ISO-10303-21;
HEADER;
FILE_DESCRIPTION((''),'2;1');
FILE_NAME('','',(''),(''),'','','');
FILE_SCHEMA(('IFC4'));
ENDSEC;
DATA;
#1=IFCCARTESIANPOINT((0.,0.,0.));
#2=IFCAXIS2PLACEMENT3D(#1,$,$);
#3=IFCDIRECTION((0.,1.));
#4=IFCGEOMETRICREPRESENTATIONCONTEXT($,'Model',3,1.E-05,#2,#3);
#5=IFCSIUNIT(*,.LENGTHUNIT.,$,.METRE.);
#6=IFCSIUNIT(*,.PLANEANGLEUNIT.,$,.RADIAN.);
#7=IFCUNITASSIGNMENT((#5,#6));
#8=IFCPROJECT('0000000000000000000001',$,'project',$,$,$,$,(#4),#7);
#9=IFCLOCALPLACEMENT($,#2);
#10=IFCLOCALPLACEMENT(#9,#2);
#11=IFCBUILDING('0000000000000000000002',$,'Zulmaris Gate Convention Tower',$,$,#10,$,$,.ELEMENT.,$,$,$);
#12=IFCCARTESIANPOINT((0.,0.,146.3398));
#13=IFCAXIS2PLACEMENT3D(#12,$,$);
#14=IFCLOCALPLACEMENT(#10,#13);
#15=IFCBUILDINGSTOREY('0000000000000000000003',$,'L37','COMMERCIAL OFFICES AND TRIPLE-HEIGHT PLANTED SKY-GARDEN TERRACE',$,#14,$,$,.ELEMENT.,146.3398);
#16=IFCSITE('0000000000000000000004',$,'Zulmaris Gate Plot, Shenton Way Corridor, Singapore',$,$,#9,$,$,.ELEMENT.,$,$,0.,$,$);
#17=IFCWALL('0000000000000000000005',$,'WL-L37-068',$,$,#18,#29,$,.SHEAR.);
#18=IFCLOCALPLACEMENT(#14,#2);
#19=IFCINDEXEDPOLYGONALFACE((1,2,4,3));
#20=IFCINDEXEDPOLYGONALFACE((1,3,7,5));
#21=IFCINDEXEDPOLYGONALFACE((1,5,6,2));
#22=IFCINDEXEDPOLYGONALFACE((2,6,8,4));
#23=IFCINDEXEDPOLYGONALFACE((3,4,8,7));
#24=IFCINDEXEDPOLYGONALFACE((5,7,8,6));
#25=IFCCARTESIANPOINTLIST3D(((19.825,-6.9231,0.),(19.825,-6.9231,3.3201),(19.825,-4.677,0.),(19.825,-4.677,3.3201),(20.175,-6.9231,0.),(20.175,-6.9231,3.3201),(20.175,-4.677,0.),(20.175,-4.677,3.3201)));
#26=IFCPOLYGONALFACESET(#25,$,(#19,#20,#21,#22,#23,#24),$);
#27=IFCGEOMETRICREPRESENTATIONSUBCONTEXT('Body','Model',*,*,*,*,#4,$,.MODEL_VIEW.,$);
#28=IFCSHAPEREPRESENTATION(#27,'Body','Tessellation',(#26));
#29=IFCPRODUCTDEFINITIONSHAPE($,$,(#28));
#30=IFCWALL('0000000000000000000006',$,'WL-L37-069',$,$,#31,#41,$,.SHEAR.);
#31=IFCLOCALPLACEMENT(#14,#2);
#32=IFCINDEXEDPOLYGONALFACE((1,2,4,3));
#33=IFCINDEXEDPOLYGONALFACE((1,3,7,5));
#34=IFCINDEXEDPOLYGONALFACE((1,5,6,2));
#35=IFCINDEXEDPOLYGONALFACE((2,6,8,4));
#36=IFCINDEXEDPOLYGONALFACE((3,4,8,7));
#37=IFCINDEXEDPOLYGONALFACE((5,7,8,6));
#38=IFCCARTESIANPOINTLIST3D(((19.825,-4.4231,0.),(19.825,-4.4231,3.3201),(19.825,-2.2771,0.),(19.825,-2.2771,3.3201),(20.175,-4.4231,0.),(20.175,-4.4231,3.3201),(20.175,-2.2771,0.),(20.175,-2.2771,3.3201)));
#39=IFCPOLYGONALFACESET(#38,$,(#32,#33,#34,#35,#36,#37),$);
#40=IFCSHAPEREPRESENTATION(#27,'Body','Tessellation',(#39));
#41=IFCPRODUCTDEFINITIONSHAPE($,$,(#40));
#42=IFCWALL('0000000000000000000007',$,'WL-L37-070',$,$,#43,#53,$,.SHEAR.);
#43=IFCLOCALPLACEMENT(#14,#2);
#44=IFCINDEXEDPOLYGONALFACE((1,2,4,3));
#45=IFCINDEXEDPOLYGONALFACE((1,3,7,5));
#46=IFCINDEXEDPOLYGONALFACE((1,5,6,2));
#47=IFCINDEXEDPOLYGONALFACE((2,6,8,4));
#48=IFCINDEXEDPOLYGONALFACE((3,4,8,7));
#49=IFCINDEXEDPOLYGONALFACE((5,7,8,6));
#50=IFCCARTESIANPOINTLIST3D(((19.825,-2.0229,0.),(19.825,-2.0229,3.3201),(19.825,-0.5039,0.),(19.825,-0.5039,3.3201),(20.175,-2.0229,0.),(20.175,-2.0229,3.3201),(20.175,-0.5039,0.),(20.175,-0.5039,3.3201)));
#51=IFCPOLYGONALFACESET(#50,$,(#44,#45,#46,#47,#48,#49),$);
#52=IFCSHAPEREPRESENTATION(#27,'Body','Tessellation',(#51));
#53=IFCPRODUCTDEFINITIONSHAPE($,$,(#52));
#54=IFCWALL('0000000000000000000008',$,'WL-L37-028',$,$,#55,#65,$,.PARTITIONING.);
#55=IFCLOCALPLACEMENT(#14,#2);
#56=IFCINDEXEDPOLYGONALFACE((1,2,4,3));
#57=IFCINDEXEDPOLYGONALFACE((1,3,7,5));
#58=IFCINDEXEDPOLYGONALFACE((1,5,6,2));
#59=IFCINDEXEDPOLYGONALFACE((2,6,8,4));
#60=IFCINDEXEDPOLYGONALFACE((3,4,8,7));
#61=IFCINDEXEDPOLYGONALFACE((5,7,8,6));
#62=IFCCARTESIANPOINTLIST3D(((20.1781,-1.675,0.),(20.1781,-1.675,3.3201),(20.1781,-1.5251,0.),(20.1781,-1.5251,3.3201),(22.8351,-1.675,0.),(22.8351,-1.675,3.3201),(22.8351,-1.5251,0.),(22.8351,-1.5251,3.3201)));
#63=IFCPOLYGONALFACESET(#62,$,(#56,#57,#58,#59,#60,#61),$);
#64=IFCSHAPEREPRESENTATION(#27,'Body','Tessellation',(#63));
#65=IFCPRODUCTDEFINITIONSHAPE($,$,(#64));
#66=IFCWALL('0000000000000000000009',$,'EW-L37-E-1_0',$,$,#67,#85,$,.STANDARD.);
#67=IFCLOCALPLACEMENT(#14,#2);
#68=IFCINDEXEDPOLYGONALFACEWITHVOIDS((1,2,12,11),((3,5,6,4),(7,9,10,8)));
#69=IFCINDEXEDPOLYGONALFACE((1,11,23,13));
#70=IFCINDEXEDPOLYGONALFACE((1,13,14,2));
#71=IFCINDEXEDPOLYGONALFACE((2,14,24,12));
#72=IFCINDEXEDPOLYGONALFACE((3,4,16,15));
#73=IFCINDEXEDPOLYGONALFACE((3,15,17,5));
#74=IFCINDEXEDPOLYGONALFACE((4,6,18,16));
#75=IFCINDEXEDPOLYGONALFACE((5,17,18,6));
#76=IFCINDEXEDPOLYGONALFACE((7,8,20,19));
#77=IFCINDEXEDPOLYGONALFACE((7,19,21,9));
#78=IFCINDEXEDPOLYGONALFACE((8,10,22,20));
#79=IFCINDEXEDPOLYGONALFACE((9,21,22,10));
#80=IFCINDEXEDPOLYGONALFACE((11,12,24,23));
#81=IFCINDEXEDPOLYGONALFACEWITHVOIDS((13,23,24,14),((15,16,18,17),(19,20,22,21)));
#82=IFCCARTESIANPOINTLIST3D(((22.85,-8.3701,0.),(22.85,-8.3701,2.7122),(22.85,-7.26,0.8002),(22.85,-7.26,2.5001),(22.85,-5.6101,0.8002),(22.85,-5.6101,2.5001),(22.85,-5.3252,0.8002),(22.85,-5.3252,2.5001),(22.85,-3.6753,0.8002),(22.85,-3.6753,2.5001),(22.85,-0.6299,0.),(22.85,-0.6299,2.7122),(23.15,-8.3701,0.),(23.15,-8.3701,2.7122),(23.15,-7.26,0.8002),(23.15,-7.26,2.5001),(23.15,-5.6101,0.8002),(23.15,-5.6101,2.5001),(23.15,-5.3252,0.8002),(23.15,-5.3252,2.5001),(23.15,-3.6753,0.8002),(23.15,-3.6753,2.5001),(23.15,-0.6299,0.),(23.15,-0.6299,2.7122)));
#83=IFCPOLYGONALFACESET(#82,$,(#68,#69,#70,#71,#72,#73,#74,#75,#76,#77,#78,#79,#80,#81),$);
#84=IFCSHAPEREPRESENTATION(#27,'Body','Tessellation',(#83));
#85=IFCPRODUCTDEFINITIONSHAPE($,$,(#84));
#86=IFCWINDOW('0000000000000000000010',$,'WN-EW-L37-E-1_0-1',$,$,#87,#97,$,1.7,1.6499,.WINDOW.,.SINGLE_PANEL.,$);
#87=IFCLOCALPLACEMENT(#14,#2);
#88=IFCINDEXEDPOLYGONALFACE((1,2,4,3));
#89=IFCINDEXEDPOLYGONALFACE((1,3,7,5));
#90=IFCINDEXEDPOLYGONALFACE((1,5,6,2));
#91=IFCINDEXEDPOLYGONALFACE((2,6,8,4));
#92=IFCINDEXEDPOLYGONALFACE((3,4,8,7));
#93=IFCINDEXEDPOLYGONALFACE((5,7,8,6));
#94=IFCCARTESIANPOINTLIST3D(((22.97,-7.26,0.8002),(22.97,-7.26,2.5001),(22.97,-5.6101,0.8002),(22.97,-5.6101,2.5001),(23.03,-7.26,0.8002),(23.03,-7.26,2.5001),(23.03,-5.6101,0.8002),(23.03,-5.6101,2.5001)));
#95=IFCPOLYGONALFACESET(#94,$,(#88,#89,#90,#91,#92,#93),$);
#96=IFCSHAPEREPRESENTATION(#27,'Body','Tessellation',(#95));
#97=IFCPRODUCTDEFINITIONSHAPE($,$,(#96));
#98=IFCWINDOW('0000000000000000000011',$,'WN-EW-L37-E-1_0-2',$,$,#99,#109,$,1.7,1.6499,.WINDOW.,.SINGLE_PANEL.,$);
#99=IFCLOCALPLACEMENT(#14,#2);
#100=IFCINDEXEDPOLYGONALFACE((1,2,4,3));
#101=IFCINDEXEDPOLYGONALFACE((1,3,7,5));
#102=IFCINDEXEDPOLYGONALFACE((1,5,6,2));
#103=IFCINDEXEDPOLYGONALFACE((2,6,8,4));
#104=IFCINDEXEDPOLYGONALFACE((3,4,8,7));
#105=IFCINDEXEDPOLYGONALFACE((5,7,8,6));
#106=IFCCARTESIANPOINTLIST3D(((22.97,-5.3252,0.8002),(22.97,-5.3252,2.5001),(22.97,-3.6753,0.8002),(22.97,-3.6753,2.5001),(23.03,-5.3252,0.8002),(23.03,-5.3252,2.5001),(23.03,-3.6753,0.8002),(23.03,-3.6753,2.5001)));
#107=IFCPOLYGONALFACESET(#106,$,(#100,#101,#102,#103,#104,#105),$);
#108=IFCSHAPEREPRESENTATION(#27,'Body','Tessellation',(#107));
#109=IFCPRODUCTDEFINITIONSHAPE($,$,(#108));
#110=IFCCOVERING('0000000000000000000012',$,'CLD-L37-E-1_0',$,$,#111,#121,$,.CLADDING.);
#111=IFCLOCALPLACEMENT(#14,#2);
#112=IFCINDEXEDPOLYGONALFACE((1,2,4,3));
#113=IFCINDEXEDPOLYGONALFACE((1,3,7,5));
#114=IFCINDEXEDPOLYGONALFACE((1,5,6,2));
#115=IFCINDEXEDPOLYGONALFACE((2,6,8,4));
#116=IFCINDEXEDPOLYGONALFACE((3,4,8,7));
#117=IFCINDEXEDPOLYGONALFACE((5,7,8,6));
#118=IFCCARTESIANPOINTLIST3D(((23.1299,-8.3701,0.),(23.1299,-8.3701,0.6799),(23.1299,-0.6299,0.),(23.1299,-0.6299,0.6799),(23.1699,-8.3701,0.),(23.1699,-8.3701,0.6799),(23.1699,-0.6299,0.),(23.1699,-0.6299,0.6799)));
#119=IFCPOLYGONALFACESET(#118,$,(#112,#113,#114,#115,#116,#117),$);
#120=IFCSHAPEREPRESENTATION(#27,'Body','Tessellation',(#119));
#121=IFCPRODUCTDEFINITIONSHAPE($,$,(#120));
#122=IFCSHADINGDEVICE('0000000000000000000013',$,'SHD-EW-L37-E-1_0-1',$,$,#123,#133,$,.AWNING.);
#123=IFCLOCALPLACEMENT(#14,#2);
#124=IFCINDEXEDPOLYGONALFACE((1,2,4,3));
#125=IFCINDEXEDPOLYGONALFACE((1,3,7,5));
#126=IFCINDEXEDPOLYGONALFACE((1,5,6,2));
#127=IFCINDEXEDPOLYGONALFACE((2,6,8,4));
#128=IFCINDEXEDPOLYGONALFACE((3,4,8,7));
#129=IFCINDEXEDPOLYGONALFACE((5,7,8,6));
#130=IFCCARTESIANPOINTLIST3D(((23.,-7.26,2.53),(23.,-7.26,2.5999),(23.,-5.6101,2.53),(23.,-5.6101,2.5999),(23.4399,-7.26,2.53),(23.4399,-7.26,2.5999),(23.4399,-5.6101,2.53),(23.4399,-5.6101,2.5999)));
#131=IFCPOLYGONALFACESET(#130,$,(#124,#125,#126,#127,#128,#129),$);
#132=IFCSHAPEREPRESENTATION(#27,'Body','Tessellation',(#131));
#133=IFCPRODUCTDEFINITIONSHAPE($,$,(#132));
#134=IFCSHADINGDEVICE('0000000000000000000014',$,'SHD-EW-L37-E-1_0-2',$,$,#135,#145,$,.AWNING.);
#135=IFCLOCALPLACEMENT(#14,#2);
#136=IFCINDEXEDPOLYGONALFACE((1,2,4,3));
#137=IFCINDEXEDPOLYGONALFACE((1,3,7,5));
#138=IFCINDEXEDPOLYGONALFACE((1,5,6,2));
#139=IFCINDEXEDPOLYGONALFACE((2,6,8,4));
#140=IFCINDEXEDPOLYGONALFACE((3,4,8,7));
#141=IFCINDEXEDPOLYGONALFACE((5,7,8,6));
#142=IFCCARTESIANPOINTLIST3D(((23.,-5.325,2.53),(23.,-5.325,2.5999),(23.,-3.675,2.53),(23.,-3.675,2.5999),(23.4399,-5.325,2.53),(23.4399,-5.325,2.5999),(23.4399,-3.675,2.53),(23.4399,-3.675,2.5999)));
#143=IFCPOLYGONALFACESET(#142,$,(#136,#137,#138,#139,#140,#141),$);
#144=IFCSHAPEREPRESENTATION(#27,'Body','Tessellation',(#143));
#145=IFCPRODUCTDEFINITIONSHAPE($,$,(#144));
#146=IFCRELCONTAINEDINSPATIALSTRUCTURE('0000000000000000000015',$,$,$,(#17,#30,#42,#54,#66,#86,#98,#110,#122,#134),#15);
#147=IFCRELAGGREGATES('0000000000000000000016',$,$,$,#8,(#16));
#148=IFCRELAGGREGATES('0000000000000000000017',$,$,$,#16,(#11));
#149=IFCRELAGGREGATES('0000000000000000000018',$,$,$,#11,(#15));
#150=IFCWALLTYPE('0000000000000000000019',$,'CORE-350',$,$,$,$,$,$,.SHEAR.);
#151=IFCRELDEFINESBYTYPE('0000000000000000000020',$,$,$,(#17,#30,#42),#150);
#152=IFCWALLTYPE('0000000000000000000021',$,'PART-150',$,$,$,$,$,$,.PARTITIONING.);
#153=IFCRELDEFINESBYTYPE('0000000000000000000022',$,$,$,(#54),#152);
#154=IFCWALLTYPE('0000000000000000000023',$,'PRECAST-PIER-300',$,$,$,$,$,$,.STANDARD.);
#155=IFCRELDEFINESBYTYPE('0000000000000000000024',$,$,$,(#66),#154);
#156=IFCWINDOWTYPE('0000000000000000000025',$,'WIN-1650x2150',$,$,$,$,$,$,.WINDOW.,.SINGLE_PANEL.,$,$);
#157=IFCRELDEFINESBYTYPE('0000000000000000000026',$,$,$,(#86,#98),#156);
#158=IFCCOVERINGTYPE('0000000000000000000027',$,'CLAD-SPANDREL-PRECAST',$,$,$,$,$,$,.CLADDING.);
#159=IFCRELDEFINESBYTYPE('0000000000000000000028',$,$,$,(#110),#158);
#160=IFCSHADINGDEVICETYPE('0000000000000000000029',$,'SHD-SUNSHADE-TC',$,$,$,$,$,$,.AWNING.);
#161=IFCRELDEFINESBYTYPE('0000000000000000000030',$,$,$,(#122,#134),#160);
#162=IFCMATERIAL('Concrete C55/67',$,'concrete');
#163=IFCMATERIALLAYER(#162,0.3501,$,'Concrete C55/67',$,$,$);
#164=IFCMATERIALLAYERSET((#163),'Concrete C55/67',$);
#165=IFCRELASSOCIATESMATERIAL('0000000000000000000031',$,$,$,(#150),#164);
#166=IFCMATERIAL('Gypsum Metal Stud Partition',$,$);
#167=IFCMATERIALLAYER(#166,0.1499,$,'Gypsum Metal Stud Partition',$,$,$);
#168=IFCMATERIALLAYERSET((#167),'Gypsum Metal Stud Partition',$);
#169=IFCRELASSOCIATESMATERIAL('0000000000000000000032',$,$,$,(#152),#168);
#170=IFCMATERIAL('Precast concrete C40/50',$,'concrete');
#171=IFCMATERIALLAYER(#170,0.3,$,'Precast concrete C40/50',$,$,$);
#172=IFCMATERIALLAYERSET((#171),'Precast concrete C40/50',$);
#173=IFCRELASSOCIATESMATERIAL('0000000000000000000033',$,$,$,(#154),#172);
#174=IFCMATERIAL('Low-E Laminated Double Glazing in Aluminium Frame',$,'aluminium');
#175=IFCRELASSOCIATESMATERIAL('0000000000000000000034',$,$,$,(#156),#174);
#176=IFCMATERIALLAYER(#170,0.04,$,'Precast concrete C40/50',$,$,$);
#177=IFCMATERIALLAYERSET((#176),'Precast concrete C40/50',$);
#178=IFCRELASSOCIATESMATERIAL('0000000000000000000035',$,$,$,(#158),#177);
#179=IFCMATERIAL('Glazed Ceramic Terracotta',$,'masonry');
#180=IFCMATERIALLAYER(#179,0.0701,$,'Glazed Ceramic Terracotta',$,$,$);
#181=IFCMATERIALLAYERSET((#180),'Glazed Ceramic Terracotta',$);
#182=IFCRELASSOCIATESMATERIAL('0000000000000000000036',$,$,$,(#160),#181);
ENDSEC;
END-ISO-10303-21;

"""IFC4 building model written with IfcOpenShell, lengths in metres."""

from ifc_helpers import new_model, si_unit, direction, frame, frame_2d, origin, place, context, subcontext, project, spatial, rectangle, extrude, material, layer, layer_set, type_object, element, fill, save


model = new_model("IFC4")

# Units and contexts
model_context = context("Model", 3, precision=1e-05, world=origin(), true_north=direction((0.0, 1.0)))
body_context = subcontext(model_context, "Body", "Model", "MODEL_VIEW")
ifc_project = project(units=[si_unit("LENGTHUNIT", "METRE"), si_unit("PLANEANGLEUNIT", "RADIAN")], contexts=[model_context])

# Site, building, storey
site_placement = place(None, origin())
site = spatial("IfcSite", under=ifc_project, at=site_placement, Name="Zulmaris Gate Plot, Shenton Way Corridor, Singapore", CompositionType="ELEMENT", RefElevation=0.0)
building_placement = place(site_placement, origin())
building = spatial("IfcBuilding", under=site, at=building_placement, Name="Zulmaris Gate Convention Tower", CompositionType="ELEMENT")
storey_placement = place(building_placement, frame((0.0, 0.0, 146.3398)))
storey = spatial("IfcBuildingStorey", under=building, at=storey_placement, Name="L37", Description="COMMERCIAL OFFICES AND TRIPLE-HEIGHT PLANTED SKY-GARDEN TERRACE", CompositionType="ELEMENT", Elevation=146.3398)

# Walls
ifc_material_1 = material(Name="Concrete C55/67", Category="concrete")
ifc_layer_1 = layer(ifc_material_1, 0.3501, Name="Concrete C55/67")
ifc_layer_set_1 = layer_set([ifc_layer_1], Name="Concrete C55/67")
wall_type_1 = type_object("IfcWallType", Name="CORE-350", PredefinedType="SHEAR", material=ifc_layer_set_1)
wall_1_placement = place(storey_placement, frame((20.0, -6.9231, 0.0), z_axis=(0.0, 0.0, 1.0), x_axis=(0.0, 1.0, 0.0)))
element("IfcWall", 1, at=wall_1_placement, inside=storey, type_object=wall_type_1, Name="WL-L37-068", PredefinedType="SHEAR", context=body_context, shape_type="SweptSolid", body=[
    extrude(rectangle(XDim=2.2461, YDim=0.3501, at=frame_2d((1.123, 0.0))), origin(), (0.0, 0.0, 1.0), 3.3201),
])
wall_2_placement = place(storey_placement, frame((20.0, -4.4231, 0.0), z_axis=(0.0, 0.0, 1.0), x_axis=(0.0, 1.0, 0.0)))
element("IfcWall", 2, at=wall_2_placement, inside=storey, type_object=wall_type_1, Name="WL-L37-069", PredefinedType="SHEAR", context=body_context, shape_type="SweptSolid", body=[
    extrude(rectangle(XDim=2.146, YDim=0.3501, at=frame_2d((1.073, 0.0))), origin(), (0.0, 0.0, 1.0), 3.3201),
])
wall_3_placement = place(storey_placement, frame((20.0, -2.0229, 0.0), z_axis=(0.0, 0.0, 1.0), x_axis=(0.0, 1.0, 0.0)))
element("IfcWall", 3, at=wall_3_placement, inside=storey, type_object=wall_type_1, Name="WL-L37-070", PredefinedType="SHEAR", context=body_context, shape_type="SweptSolid", body=[
    extrude(rectangle(XDim=1.519, YDim=0.3501, at=frame_2d((0.7595, 0.0))), origin(), (0.0, 0.0, 1.0), 3.3201),
])
ifc_material_2 = material(Name="Gypsum Metal Stud Partition")
ifc_layer_2 = layer(ifc_material_2, 0.1499, Name="Gypsum Metal Stud Partition")
ifc_layer_set_2 = layer_set([ifc_layer_2], Name="Gypsum Metal Stud Partition")
wall_type_2 = type_object("IfcWallType", Name="PART-150", PredefinedType="PARTITIONING", material=ifc_layer_set_2)
wall_4_placement = place(storey_placement, frame((20.178, -1.6001, 0.0), z_axis=(0.0, 0.0, 1.0), x_axis=(1.0, 0.0, 0.0)))
element("IfcWall", 4, at=wall_4_placement, inside=storey, type_object=wall_type_2, Name="WL-L37-028", PredefinedType="PARTITIONING", context=body_context, shape_type="SweptSolid", body=[
    extrude(rectangle(XDim=2.657, YDim=0.1499, at=frame_2d((1.3286, 0.0))), origin(), (0.0, 0.0, 1.0), 3.3201),
])

# Wall, openings, windows
ifc_material_3 = material(Name="Precast concrete C40/50", Category="concrete")
ifc_layer_3 = layer(ifc_material_3, 0.3, Name="Precast concrete C40/50")
ifc_layer_set_3 = layer_set([ifc_layer_3], Name="Precast concrete C40/50")
wall_type_3 = type_object("IfcWallType", Name="PRECAST-PIER-300", PredefinedType="STANDARD", material=ifc_layer_set_3)
wall_5_placement = place(storey_placement, frame((23.0, -8.3701, 0.0), z_axis=(0.0, 0.0, 1.0), x_axis=(0.0, 1.0, 0.0)))
wall_5 = element("IfcWall", 5, at=wall_5_placement, inside=storey, type_object=wall_type_3, Name="EW-L37-E-1_0", PredefinedType="STANDARD", context=body_context, shape_type="SweptSolid", body=[
    extrude(rectangle(XDim=7.7402, YDim=0.3, at=frame_2d((3.8701, 0.0))), origin(), (0.0, 0.0, 1.0), 2.7122),
])
opening_1_placement = place(wall_5_placement, frame((1.1101, 0.0, 0.8)))
opening_1 = element("IfcOpeningElement", 6, at=opening_1_placement, cuts=wall_5, PredefinedType="OPENING", context=body_context, shape_type="SweptSolid", body=[
    extrude(rectangle(XDim=1.6499, YDim=1.7, at=frame_2d((0.825, 0.8501))), frame((0.0, 0.1602, 0.0), z_axis=(0.0, -1.0, 0.0), x_axis=(1.0, 0.0, 0.0)), (0.0, 0.0, 1.0), 0.3201),
])
opening_2_placement = place(wall_5_placement, frame((3.0449, 0.0, 0.8)))
opening_2 = element("IfcOpeningElement", 7, at=opening_2_placement, cuts=wall_5, PredefinedType="OPENING", context=body_context, shape_type="SweptSolid", body=[
    extrude(rectangle(XDim=1.6499, YDim=1.7, at=frame_2d((0.825, 0.8501))), frame((0.0, 0.1602, 0.0), z_axis=(0.0, -1.0, 0.0), x_axis=(1.0, 0.0, 0.0)), (0.0, 0.0, 1.0), 0.3201),
])
ifc_material_4 = material(Name="Low-E Laminated Double Glazing in Aluminium Frame", Category="aluminium")
window_type = type_object("IfcWindowType", Name="WIN-1650x2150", PartitioningType="SINGLE_PANEL", PredefinedType="WINDOW", material=ifc_material_4)
window_1_placement = place(opening_1_placement, origin())
window_1 = element("IfcWindow", 8, at=window_1_placement, inside=storey, type_object=window_type, Name="WN-EW-L37-E-1_0-1", OverallHeight=1.7, OverallWidth=1.6499, PartitioningType="SINGLE_PANEL", PredefinedType="WINDOW", context=body_context, shape_type="SweptSolid", body=[
    extrude(rectangle(XDim=1.6499, YDim=1.7, at=frame_2d((0.825, 0.8501))), frame((0.0, 0.03, 0.0), z_axis=(0.0, -1.0, 0.0), x_axis=(1.0, 0.0, 0.0)), (0.0, 0.0, 1.0), 0.0601),
])
fill(opening_1, window_1)
window_2_placement = place(opening_2_placement, origin())
window_2 = element("IfcWindow", 9, at=window_2_placement, inside=storey, type_object=window_type, Name="WN-EW-L37-E-1_0-2", OverallHeight=1.7, OverallWidth=1.6499, PartitioningType="SINGLE_PANEL", PredefinedType="WINDOW", context=body_context, shape_type="SweptSolid", body=[
    extrude(rectangle(XDim=1.6499, YDim=1.7, at=frame_2d((0.825, 0.8501))), frame((0.0, 0.03, 0.0), z_axis=(0.0, -1.0, 0.0), x_axis=(1.0, 0.0, 0.0)), (0.0, 0.0, 1.0), 0.0601),
])
fill(opening_2, window_2)

# Covering
ifc_layer_4 = layer(ifc_material_3, 0.04, Name="Precast concrete C40/50")
ifc_layer_set_4 = layer_set([ifc_layer_4], Name="Precast concrete C40/50")
covering_type = type_object("IfcCoveringType", Name="CLAD-SPANDREL-PRECAST", PredefinedType="CLADDING", material=ifc_layer_set_4)
covering_placement = place(storey_placement, frame((23.1499, -8.3701, 0.0), z_axis=(0.0, 0.0, 1.0), x_axis=(0.0, 1.0, 0.0)))
element("IfcCovering", 10, at=covering_placement, inside=storey, type_object=covering_type, Name="CLD-L37-E-1_0", PredefinedType="CLADDING", context=body_context, shape_type="SweptSolid", body=[
    extrude(rectangle(XDim=7.7402, YDim=0.04, at=frame_2d((3.8701, 0.0))), origin(), (0.0, 0.0, 1.0), 0.6799),
])

# Shading devices
ifc_material_5 = material(Name="Glazed Ceramic Terracotta", Category="masonry")
ifc_layer_5 = layer(ifc_material_5, 0.0701, Name="Glazed Ceramic Terracotta")
ifc_layer_set_5 = layer_set([ifc_layer_5], Name="Glazed Ceramic Terracotta")
shading_device_type = type_object("IfcShadingDeviceType", Name="SHD-SUNSHADE-TC", PredefinedType="AWNING", material=ifc_layer_set_5)
for number, where, z_axis, x_axis, name in (
    (11, (23.22, -7.26, 2.53), (0.0, 0.0, 1.0), (0.0, 1.0, 0.0), "SHD-EW-L37-E-1_0-1"),
    (12, (23.22, -5.325, 2.53), (0.0, 0.0, 1.0), (0.0, 1.0, 0.0), "SHD-EW-L37-E-1_0-2"),
):
    element("IfcShadingDevice", number, at=place(storey_placement, frame(where, z_axis=z_axis, x_axis=x_axis)), inside=storey, type_object=shading_device_type, Name=name, PredefinedType="AWNING", context=body_context, shape_type="SweptSolid", body=[
        extrude(rectangle(XDim=1.6499, YDim=0.4399, at=frame_2d((0.825, 0.0))), origin(), (0.0, 0.0, 1.0), 0.0698),
    ])

save(model, "model.ifc")
